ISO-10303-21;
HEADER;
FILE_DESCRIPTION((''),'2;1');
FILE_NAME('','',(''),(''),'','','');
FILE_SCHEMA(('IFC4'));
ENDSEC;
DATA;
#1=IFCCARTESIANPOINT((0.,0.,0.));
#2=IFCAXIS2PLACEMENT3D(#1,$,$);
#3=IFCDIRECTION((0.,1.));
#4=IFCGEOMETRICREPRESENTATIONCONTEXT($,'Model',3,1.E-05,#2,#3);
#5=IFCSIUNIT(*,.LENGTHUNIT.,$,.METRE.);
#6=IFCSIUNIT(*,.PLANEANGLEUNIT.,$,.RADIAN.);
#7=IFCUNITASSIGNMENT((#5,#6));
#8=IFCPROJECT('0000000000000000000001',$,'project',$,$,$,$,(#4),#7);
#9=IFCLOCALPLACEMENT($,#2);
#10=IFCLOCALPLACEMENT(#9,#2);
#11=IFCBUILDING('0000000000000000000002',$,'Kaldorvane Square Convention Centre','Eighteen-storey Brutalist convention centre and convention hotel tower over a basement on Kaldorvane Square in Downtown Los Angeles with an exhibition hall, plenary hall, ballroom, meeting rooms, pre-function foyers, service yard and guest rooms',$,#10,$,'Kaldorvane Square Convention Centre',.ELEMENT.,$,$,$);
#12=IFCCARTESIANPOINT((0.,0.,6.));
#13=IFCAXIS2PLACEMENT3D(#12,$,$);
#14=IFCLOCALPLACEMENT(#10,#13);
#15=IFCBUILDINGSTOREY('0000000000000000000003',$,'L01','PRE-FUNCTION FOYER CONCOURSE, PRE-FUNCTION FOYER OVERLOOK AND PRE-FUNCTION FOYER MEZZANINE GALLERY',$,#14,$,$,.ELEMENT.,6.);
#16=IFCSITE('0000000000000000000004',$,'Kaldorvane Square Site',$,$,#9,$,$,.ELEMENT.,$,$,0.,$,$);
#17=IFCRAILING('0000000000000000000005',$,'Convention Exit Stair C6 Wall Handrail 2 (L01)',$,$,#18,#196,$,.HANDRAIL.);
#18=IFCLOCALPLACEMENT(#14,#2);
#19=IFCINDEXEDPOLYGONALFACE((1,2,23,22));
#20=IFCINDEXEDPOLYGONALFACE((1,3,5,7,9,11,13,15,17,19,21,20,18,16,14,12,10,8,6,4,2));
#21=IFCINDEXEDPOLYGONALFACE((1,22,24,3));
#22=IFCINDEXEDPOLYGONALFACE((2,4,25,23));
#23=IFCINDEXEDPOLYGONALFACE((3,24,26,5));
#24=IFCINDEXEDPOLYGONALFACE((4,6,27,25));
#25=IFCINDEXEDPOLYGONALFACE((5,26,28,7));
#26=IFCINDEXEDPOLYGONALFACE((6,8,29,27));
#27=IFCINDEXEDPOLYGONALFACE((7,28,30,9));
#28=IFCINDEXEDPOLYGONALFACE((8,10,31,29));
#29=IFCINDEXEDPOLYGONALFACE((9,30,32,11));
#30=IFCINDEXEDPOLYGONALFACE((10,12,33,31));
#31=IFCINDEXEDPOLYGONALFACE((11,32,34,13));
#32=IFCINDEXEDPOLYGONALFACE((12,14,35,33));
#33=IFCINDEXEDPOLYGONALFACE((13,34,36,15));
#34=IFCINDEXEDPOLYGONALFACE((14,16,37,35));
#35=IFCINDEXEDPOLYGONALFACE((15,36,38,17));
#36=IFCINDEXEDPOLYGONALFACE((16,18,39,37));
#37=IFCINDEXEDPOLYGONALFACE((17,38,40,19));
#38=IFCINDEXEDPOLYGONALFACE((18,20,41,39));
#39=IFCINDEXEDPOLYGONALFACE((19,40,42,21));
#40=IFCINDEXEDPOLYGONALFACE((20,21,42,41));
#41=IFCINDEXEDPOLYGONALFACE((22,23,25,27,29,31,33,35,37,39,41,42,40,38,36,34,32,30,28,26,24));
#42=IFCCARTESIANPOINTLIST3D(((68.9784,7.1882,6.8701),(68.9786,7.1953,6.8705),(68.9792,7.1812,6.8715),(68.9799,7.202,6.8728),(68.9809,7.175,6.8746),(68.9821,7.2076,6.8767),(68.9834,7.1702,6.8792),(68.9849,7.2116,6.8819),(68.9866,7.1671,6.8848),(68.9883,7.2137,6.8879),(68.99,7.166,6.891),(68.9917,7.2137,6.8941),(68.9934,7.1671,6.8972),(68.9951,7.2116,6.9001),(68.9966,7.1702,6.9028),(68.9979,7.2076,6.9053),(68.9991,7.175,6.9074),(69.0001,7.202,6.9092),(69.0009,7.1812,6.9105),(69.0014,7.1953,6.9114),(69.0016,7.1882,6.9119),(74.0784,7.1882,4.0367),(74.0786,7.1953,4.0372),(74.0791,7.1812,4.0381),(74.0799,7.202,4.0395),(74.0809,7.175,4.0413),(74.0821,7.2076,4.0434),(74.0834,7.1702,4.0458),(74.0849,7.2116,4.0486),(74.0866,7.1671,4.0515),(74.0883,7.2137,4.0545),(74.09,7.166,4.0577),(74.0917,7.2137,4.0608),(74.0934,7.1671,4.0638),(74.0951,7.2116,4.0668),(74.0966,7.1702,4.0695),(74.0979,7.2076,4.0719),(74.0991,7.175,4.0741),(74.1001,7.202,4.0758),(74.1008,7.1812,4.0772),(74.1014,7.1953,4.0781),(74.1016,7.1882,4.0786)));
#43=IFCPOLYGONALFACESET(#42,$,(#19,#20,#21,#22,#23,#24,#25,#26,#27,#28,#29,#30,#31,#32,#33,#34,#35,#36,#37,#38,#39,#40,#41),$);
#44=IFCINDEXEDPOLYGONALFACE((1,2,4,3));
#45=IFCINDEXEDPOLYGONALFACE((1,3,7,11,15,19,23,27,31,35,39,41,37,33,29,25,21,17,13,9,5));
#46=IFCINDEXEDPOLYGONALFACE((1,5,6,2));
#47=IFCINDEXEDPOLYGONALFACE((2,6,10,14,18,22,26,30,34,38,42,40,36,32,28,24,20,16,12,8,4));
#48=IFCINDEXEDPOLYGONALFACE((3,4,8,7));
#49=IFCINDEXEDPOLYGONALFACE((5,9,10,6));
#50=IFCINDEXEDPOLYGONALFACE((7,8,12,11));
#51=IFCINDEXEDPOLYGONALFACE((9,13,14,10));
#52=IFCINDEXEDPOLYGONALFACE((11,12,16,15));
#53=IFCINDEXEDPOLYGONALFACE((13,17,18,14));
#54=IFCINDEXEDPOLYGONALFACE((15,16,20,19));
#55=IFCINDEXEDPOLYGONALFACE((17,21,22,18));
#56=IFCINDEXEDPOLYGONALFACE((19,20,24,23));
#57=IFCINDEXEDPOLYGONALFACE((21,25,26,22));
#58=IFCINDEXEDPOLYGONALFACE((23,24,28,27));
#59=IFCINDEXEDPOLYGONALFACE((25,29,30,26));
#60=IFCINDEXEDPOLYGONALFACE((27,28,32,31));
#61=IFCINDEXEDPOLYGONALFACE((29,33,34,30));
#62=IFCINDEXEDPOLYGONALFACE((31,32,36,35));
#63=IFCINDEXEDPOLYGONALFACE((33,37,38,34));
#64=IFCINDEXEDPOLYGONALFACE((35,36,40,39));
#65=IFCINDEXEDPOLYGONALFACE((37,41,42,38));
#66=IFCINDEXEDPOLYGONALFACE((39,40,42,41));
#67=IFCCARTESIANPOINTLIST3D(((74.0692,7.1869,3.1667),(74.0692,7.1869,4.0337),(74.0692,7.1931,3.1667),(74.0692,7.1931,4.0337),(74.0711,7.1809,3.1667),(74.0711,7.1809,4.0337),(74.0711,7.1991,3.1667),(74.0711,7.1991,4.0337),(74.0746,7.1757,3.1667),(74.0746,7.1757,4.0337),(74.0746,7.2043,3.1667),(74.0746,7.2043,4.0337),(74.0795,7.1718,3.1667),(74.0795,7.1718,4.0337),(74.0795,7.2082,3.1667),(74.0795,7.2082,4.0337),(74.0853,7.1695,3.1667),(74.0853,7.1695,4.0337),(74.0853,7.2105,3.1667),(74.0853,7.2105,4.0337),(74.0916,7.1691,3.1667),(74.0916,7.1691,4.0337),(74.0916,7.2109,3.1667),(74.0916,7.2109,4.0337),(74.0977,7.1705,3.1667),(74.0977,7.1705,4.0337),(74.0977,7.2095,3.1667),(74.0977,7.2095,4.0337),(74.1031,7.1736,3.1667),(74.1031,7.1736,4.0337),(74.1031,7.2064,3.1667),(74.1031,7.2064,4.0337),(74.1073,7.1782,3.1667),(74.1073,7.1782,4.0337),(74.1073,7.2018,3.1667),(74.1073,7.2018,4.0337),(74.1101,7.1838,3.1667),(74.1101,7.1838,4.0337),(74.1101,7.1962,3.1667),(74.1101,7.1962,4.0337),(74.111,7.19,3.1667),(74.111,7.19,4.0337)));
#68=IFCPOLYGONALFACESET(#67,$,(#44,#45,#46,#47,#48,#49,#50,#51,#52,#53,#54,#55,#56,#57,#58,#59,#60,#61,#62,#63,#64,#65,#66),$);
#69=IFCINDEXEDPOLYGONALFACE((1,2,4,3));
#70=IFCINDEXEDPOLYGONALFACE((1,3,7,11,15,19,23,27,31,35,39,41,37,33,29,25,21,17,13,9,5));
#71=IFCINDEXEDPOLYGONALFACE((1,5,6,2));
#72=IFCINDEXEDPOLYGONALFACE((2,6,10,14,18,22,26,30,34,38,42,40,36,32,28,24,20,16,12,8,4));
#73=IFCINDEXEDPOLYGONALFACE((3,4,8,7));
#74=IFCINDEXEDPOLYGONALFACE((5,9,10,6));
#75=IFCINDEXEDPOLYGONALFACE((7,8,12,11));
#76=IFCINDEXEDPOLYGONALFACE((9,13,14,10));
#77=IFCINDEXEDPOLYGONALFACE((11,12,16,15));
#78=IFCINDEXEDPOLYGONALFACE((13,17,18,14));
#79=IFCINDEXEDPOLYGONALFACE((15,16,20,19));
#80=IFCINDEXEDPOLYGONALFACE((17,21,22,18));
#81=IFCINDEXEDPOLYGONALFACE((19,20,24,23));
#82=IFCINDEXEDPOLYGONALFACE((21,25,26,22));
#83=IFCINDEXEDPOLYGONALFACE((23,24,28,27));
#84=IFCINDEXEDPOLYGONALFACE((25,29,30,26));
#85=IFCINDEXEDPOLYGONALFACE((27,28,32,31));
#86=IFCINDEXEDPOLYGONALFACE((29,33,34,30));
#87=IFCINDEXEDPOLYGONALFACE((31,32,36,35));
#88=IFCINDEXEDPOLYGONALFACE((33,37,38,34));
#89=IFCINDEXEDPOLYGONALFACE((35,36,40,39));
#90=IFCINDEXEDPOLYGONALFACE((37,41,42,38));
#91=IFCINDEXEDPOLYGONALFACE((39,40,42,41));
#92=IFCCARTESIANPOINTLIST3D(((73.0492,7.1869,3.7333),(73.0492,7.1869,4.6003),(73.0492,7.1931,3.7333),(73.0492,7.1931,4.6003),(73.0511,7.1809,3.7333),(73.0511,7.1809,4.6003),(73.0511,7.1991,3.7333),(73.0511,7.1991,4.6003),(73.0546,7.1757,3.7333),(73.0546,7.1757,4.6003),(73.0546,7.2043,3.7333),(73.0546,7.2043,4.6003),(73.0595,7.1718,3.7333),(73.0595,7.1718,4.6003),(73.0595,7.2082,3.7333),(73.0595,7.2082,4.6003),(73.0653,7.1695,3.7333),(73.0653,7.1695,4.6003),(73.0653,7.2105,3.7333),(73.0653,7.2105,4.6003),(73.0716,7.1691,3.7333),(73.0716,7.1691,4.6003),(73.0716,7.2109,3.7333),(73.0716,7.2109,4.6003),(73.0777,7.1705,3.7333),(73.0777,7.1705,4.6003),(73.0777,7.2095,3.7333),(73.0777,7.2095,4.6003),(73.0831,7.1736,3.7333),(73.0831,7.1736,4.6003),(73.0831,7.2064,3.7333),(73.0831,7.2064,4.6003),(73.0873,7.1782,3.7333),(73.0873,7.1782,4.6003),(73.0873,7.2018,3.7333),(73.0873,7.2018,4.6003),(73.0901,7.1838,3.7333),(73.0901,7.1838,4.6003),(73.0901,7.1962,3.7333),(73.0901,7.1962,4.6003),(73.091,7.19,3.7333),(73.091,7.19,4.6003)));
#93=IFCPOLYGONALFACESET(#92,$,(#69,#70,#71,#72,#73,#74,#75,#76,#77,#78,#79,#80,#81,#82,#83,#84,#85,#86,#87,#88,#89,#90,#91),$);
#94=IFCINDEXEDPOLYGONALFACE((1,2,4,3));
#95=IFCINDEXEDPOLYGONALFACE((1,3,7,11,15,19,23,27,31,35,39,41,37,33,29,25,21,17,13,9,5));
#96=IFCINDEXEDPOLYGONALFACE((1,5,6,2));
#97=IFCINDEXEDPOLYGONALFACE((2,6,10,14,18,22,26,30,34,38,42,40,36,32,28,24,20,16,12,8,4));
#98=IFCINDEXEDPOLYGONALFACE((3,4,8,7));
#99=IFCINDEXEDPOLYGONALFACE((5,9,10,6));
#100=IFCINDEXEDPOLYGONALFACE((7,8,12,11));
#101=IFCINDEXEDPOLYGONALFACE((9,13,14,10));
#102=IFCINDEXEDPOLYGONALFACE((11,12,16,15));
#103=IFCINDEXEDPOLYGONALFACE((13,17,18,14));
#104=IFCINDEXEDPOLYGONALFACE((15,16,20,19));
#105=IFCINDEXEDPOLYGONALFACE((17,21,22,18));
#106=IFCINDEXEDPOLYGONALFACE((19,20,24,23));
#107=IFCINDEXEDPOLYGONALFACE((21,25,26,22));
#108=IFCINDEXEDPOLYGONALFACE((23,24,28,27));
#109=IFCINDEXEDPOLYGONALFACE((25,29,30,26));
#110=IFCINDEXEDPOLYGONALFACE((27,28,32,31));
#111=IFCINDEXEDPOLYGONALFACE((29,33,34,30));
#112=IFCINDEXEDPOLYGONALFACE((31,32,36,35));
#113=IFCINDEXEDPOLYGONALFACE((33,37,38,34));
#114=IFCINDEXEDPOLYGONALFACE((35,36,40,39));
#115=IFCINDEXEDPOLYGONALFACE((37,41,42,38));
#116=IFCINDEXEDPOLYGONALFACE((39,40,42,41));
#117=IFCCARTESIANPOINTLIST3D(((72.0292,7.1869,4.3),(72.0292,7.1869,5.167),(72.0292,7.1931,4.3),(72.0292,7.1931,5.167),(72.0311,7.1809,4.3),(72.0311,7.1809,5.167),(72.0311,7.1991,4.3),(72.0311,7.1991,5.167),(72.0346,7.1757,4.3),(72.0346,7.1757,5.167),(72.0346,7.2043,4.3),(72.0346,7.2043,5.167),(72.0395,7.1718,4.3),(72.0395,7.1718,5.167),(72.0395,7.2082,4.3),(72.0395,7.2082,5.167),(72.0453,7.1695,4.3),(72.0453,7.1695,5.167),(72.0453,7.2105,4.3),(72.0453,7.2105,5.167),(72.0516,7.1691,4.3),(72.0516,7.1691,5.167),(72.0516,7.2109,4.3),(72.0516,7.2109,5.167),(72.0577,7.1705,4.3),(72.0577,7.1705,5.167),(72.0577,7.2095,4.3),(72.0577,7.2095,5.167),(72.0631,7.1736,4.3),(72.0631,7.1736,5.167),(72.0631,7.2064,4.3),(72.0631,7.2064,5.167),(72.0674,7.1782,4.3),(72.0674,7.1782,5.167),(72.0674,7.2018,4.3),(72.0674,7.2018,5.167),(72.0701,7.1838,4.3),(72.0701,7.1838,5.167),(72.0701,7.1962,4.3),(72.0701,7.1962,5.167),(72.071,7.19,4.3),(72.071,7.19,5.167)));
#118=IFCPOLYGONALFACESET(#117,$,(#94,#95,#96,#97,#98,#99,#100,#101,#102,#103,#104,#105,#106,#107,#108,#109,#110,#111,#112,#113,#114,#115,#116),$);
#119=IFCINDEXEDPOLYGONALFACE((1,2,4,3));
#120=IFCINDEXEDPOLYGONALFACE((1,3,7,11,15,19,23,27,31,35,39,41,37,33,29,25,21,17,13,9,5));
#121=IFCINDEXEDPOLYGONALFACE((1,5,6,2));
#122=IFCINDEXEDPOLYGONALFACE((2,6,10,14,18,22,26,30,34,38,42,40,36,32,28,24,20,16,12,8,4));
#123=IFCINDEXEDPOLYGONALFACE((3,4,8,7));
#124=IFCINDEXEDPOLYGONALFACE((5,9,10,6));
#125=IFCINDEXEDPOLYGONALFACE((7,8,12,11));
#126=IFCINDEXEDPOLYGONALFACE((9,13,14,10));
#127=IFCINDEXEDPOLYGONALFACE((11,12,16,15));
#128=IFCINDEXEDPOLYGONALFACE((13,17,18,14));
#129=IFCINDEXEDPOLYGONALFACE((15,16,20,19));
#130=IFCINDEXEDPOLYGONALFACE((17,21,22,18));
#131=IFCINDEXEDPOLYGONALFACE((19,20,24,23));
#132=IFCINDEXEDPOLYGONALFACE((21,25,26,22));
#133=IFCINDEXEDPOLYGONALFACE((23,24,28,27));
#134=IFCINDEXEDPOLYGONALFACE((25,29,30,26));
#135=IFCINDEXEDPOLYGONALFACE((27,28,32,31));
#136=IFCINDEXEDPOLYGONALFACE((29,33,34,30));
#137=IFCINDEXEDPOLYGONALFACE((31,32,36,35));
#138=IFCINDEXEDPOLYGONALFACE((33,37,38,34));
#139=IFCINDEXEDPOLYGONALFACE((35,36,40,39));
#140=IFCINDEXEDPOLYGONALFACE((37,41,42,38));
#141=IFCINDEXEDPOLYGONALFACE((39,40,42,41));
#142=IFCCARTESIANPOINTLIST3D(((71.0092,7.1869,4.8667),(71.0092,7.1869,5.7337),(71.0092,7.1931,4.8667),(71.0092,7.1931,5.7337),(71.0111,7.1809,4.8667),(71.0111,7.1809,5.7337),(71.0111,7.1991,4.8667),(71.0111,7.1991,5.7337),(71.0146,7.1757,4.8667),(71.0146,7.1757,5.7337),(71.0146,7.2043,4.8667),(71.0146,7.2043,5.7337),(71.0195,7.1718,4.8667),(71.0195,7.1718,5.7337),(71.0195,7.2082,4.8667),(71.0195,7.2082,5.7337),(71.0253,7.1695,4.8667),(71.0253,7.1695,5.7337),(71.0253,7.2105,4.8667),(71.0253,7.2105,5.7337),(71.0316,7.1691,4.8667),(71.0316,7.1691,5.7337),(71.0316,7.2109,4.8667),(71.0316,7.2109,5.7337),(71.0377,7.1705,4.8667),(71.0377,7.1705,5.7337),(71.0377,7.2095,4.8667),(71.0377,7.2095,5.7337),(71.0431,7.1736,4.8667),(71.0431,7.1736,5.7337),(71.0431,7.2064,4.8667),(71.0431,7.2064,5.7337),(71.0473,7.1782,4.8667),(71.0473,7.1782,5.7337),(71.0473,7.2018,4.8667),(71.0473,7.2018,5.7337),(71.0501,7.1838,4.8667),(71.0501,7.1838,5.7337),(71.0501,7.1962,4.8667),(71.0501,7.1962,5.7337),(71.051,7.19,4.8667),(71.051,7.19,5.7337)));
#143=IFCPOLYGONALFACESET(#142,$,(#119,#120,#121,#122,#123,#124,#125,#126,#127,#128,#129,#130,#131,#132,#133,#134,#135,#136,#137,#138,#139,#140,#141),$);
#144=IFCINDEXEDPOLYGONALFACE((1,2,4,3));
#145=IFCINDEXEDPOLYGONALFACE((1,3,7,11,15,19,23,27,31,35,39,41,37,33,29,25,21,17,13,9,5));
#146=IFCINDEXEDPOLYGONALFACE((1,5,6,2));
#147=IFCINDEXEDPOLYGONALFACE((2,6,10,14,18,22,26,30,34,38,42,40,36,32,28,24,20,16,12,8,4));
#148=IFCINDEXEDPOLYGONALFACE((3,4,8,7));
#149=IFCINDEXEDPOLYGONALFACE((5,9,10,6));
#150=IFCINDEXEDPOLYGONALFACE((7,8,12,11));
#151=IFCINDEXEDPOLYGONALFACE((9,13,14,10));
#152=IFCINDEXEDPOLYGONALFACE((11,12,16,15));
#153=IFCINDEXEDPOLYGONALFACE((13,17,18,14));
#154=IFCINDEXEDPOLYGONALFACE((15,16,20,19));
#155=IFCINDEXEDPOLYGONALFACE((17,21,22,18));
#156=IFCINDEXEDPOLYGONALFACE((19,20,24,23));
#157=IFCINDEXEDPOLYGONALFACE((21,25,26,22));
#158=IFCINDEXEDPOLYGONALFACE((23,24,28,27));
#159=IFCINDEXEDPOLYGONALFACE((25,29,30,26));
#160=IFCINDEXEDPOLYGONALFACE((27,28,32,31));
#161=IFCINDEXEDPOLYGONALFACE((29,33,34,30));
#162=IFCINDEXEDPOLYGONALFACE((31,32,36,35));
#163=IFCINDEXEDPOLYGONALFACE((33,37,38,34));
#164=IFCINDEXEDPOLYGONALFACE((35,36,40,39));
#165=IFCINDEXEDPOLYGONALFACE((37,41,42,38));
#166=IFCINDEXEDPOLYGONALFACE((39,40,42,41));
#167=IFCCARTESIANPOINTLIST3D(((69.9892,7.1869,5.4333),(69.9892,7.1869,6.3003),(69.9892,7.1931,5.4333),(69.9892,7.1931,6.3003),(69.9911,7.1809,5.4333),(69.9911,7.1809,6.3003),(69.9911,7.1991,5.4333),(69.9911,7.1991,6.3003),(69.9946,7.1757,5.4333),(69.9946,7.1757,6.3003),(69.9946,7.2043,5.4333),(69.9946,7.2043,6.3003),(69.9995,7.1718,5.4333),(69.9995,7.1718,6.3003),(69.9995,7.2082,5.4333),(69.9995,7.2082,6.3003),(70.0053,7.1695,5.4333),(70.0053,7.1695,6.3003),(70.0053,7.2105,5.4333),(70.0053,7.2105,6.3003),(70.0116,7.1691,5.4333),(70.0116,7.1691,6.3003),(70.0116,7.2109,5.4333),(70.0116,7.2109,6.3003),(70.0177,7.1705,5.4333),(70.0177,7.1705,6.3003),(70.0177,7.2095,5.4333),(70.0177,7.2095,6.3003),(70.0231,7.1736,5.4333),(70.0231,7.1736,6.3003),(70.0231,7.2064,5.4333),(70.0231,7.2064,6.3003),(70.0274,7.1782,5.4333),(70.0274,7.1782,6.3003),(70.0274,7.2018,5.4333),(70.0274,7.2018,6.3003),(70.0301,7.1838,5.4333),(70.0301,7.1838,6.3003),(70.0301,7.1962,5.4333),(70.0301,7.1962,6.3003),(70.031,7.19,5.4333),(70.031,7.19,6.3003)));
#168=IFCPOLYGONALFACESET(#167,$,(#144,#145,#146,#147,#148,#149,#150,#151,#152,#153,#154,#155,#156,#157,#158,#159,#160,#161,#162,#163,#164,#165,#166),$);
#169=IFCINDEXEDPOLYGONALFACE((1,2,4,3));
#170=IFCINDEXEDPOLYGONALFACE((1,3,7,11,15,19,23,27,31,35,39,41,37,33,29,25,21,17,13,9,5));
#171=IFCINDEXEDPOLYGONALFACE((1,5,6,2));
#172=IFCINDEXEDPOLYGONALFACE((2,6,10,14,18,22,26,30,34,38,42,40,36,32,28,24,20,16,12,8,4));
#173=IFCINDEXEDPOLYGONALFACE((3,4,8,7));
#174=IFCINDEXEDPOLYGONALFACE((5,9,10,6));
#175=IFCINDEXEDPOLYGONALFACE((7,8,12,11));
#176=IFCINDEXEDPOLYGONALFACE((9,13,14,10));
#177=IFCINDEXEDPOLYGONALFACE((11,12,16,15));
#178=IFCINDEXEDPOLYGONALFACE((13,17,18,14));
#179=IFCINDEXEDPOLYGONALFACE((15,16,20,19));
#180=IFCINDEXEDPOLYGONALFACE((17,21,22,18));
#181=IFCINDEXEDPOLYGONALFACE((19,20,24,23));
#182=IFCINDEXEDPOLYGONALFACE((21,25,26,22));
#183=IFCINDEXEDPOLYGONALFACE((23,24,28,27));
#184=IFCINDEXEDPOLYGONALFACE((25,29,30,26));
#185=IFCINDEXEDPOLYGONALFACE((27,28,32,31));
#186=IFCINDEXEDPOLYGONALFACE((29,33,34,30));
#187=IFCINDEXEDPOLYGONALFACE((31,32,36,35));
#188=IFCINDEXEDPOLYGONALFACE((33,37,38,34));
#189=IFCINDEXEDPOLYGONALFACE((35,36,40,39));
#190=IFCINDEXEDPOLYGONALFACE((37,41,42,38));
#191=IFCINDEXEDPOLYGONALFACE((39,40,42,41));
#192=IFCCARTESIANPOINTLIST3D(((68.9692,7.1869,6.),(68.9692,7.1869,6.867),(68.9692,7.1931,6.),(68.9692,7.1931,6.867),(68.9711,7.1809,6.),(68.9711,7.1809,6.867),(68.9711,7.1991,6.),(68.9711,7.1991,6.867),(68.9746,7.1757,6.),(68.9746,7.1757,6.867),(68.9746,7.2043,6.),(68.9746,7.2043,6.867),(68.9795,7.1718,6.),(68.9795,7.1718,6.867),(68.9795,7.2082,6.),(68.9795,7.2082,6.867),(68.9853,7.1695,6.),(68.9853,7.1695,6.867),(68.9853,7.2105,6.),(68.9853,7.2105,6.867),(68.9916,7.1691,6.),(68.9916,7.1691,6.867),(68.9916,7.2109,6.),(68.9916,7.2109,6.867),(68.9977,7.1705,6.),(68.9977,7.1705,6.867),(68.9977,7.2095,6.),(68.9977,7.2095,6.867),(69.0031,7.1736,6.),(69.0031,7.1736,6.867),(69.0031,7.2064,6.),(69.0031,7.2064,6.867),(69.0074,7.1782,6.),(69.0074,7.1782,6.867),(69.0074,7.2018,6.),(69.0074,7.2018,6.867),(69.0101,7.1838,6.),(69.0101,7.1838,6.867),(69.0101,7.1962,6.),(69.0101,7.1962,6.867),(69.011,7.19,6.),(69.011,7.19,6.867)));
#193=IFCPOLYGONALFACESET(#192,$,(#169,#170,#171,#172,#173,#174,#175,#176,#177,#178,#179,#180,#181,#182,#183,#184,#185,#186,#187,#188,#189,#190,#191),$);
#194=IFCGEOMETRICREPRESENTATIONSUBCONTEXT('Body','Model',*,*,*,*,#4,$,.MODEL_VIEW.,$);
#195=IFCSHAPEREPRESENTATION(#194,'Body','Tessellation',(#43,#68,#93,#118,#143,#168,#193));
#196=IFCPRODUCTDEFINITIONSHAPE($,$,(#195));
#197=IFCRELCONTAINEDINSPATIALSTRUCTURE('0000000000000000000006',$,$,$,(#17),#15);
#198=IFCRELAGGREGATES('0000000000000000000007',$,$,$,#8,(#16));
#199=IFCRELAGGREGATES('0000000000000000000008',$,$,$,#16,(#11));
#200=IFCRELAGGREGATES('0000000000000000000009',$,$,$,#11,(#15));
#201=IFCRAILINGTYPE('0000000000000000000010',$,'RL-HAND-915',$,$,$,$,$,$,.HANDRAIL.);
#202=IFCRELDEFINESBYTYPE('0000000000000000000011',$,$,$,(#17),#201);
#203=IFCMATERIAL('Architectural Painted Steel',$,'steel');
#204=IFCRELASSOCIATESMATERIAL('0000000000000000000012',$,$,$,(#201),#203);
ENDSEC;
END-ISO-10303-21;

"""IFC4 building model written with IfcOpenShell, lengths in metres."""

from ifc_helpers import new_model, si_unit, direction, frame, origin, origin_2d, place, context, subcontext, project, spatial, circle, extrude, material, type_object, element, save


model = new_model("IFC4")

# Units and contexts
model_context = context("Model", 3, precision=1e-05, world=origin(), true_north=direction((0.0, 1.0)))
body_context = subcontext(model_context, "Body", "Model", "MODEL_VIEW")
ifc_project = project(units=[si_unit("LENGTHUNIT", "METRE"), si_unit("PLANEANGLEUNIT", "RADIAN")], contexts=[model_context])

# Site, building, storey
site_placement = place(None, origin())
site = spatial("IfcSite", under=ifc_project, at=site_placement, Name="Kaldorvane Square Site", CompositionType="ELEMENT", RefElevation=0.0)
building_placement = place(site_placement, origin())
building = spatial("IfcBuilding", under=site, at=building_placement, Name="Kaldorvane Square Convention Centre", Description="Eighteen-storey Brutalist convention centre and convention hotel tower over a basement on Kaldorvane Square in Downtown Los Angeles with an exhibition hall, plenary hall, ballroom, meeting rooms, pre-function foyers, service yard and guest rooms", LongName="Kaldorvane Square Convention Centre", CompositionType="ELEMENT")
storey_placement = place(building_placement, frame((0.0, 0.0, 6.0)))
storey = spatial("IfcBuildingStorey", under=building, at=storey_placement, Name="L01", Description="PRE-FUNCTION FOYER CONCOURSE, PRE-FUNCTION FOYER OVERLOOK AND PRE-FUNCTION FOYER MEZZANINE GALLERY", CompositionType="ELEMENT", Elevation=6.0)

# Railing
ifc_material_1 = material(Name="Architectural Painted Steel", Category="steel")
railing_type_1 = type_object("IfcRailingType", Name="RL-HAND-915", PredefinedType="HANDRAIL", material=ifc_material_1)
for number, where, name in (
    (1, (74.09, 7.19, 3.1667), "Convention Exit Stair C6 Wall Handrail 2 (L01)"),
):
    element("IfcRailing", number, at=place(storey_placement, frame(where)), inside=storey, type_object=railing_type_1, Name=name, PredefinedType="HANDRAIL", context=body_context, shape_type="SweptSolid", body=[
        extrude(circle(Radius=0.024, at=origin_2d()), frame((0.0, 0.0, 0.891), z_axis=(-0.874157, 0.0, 0.485643), x_axis=(0.0, -1.0, 0.0)), (0.0, 0.0, 1.0), 5.8342),
        extrude(circle(Radius=0.021, at=origin_2d()), origin(), (0.0, 0.0, 1.0), 0.867),
        extrude(circle(Radius=0.021, at=origin_2d()), frame((-1.02, 0.0, 0.5667)), (0.0, 0.0, 1.0), 0.867),
        extrude(circle(Radius=0.021, at=origin_2d()), frame((-2.04, 0.0, 1.1333)), (0.0, 0.0, 1.0), 0.867),
        extrude(circle(Radius=0.021, at=origin_2d()), frame((-3.06, 0.0, 1.7)), (0.0, 0.0, 1.0), 0.867),
        extrude(circle(Radius=0.021, at=origin_2d()), frame((-4.08, 0.0, 2.2667)), (0.0, 0.0, 1.0), 0.867),
        extrude(circle(Radius=0.021, at=origin_2d()), frame((-5.1, 0.0, 2.8333)), (0.0, 0.0, 1.0), 0.867),
    ])

save(model, "model.ifc")
